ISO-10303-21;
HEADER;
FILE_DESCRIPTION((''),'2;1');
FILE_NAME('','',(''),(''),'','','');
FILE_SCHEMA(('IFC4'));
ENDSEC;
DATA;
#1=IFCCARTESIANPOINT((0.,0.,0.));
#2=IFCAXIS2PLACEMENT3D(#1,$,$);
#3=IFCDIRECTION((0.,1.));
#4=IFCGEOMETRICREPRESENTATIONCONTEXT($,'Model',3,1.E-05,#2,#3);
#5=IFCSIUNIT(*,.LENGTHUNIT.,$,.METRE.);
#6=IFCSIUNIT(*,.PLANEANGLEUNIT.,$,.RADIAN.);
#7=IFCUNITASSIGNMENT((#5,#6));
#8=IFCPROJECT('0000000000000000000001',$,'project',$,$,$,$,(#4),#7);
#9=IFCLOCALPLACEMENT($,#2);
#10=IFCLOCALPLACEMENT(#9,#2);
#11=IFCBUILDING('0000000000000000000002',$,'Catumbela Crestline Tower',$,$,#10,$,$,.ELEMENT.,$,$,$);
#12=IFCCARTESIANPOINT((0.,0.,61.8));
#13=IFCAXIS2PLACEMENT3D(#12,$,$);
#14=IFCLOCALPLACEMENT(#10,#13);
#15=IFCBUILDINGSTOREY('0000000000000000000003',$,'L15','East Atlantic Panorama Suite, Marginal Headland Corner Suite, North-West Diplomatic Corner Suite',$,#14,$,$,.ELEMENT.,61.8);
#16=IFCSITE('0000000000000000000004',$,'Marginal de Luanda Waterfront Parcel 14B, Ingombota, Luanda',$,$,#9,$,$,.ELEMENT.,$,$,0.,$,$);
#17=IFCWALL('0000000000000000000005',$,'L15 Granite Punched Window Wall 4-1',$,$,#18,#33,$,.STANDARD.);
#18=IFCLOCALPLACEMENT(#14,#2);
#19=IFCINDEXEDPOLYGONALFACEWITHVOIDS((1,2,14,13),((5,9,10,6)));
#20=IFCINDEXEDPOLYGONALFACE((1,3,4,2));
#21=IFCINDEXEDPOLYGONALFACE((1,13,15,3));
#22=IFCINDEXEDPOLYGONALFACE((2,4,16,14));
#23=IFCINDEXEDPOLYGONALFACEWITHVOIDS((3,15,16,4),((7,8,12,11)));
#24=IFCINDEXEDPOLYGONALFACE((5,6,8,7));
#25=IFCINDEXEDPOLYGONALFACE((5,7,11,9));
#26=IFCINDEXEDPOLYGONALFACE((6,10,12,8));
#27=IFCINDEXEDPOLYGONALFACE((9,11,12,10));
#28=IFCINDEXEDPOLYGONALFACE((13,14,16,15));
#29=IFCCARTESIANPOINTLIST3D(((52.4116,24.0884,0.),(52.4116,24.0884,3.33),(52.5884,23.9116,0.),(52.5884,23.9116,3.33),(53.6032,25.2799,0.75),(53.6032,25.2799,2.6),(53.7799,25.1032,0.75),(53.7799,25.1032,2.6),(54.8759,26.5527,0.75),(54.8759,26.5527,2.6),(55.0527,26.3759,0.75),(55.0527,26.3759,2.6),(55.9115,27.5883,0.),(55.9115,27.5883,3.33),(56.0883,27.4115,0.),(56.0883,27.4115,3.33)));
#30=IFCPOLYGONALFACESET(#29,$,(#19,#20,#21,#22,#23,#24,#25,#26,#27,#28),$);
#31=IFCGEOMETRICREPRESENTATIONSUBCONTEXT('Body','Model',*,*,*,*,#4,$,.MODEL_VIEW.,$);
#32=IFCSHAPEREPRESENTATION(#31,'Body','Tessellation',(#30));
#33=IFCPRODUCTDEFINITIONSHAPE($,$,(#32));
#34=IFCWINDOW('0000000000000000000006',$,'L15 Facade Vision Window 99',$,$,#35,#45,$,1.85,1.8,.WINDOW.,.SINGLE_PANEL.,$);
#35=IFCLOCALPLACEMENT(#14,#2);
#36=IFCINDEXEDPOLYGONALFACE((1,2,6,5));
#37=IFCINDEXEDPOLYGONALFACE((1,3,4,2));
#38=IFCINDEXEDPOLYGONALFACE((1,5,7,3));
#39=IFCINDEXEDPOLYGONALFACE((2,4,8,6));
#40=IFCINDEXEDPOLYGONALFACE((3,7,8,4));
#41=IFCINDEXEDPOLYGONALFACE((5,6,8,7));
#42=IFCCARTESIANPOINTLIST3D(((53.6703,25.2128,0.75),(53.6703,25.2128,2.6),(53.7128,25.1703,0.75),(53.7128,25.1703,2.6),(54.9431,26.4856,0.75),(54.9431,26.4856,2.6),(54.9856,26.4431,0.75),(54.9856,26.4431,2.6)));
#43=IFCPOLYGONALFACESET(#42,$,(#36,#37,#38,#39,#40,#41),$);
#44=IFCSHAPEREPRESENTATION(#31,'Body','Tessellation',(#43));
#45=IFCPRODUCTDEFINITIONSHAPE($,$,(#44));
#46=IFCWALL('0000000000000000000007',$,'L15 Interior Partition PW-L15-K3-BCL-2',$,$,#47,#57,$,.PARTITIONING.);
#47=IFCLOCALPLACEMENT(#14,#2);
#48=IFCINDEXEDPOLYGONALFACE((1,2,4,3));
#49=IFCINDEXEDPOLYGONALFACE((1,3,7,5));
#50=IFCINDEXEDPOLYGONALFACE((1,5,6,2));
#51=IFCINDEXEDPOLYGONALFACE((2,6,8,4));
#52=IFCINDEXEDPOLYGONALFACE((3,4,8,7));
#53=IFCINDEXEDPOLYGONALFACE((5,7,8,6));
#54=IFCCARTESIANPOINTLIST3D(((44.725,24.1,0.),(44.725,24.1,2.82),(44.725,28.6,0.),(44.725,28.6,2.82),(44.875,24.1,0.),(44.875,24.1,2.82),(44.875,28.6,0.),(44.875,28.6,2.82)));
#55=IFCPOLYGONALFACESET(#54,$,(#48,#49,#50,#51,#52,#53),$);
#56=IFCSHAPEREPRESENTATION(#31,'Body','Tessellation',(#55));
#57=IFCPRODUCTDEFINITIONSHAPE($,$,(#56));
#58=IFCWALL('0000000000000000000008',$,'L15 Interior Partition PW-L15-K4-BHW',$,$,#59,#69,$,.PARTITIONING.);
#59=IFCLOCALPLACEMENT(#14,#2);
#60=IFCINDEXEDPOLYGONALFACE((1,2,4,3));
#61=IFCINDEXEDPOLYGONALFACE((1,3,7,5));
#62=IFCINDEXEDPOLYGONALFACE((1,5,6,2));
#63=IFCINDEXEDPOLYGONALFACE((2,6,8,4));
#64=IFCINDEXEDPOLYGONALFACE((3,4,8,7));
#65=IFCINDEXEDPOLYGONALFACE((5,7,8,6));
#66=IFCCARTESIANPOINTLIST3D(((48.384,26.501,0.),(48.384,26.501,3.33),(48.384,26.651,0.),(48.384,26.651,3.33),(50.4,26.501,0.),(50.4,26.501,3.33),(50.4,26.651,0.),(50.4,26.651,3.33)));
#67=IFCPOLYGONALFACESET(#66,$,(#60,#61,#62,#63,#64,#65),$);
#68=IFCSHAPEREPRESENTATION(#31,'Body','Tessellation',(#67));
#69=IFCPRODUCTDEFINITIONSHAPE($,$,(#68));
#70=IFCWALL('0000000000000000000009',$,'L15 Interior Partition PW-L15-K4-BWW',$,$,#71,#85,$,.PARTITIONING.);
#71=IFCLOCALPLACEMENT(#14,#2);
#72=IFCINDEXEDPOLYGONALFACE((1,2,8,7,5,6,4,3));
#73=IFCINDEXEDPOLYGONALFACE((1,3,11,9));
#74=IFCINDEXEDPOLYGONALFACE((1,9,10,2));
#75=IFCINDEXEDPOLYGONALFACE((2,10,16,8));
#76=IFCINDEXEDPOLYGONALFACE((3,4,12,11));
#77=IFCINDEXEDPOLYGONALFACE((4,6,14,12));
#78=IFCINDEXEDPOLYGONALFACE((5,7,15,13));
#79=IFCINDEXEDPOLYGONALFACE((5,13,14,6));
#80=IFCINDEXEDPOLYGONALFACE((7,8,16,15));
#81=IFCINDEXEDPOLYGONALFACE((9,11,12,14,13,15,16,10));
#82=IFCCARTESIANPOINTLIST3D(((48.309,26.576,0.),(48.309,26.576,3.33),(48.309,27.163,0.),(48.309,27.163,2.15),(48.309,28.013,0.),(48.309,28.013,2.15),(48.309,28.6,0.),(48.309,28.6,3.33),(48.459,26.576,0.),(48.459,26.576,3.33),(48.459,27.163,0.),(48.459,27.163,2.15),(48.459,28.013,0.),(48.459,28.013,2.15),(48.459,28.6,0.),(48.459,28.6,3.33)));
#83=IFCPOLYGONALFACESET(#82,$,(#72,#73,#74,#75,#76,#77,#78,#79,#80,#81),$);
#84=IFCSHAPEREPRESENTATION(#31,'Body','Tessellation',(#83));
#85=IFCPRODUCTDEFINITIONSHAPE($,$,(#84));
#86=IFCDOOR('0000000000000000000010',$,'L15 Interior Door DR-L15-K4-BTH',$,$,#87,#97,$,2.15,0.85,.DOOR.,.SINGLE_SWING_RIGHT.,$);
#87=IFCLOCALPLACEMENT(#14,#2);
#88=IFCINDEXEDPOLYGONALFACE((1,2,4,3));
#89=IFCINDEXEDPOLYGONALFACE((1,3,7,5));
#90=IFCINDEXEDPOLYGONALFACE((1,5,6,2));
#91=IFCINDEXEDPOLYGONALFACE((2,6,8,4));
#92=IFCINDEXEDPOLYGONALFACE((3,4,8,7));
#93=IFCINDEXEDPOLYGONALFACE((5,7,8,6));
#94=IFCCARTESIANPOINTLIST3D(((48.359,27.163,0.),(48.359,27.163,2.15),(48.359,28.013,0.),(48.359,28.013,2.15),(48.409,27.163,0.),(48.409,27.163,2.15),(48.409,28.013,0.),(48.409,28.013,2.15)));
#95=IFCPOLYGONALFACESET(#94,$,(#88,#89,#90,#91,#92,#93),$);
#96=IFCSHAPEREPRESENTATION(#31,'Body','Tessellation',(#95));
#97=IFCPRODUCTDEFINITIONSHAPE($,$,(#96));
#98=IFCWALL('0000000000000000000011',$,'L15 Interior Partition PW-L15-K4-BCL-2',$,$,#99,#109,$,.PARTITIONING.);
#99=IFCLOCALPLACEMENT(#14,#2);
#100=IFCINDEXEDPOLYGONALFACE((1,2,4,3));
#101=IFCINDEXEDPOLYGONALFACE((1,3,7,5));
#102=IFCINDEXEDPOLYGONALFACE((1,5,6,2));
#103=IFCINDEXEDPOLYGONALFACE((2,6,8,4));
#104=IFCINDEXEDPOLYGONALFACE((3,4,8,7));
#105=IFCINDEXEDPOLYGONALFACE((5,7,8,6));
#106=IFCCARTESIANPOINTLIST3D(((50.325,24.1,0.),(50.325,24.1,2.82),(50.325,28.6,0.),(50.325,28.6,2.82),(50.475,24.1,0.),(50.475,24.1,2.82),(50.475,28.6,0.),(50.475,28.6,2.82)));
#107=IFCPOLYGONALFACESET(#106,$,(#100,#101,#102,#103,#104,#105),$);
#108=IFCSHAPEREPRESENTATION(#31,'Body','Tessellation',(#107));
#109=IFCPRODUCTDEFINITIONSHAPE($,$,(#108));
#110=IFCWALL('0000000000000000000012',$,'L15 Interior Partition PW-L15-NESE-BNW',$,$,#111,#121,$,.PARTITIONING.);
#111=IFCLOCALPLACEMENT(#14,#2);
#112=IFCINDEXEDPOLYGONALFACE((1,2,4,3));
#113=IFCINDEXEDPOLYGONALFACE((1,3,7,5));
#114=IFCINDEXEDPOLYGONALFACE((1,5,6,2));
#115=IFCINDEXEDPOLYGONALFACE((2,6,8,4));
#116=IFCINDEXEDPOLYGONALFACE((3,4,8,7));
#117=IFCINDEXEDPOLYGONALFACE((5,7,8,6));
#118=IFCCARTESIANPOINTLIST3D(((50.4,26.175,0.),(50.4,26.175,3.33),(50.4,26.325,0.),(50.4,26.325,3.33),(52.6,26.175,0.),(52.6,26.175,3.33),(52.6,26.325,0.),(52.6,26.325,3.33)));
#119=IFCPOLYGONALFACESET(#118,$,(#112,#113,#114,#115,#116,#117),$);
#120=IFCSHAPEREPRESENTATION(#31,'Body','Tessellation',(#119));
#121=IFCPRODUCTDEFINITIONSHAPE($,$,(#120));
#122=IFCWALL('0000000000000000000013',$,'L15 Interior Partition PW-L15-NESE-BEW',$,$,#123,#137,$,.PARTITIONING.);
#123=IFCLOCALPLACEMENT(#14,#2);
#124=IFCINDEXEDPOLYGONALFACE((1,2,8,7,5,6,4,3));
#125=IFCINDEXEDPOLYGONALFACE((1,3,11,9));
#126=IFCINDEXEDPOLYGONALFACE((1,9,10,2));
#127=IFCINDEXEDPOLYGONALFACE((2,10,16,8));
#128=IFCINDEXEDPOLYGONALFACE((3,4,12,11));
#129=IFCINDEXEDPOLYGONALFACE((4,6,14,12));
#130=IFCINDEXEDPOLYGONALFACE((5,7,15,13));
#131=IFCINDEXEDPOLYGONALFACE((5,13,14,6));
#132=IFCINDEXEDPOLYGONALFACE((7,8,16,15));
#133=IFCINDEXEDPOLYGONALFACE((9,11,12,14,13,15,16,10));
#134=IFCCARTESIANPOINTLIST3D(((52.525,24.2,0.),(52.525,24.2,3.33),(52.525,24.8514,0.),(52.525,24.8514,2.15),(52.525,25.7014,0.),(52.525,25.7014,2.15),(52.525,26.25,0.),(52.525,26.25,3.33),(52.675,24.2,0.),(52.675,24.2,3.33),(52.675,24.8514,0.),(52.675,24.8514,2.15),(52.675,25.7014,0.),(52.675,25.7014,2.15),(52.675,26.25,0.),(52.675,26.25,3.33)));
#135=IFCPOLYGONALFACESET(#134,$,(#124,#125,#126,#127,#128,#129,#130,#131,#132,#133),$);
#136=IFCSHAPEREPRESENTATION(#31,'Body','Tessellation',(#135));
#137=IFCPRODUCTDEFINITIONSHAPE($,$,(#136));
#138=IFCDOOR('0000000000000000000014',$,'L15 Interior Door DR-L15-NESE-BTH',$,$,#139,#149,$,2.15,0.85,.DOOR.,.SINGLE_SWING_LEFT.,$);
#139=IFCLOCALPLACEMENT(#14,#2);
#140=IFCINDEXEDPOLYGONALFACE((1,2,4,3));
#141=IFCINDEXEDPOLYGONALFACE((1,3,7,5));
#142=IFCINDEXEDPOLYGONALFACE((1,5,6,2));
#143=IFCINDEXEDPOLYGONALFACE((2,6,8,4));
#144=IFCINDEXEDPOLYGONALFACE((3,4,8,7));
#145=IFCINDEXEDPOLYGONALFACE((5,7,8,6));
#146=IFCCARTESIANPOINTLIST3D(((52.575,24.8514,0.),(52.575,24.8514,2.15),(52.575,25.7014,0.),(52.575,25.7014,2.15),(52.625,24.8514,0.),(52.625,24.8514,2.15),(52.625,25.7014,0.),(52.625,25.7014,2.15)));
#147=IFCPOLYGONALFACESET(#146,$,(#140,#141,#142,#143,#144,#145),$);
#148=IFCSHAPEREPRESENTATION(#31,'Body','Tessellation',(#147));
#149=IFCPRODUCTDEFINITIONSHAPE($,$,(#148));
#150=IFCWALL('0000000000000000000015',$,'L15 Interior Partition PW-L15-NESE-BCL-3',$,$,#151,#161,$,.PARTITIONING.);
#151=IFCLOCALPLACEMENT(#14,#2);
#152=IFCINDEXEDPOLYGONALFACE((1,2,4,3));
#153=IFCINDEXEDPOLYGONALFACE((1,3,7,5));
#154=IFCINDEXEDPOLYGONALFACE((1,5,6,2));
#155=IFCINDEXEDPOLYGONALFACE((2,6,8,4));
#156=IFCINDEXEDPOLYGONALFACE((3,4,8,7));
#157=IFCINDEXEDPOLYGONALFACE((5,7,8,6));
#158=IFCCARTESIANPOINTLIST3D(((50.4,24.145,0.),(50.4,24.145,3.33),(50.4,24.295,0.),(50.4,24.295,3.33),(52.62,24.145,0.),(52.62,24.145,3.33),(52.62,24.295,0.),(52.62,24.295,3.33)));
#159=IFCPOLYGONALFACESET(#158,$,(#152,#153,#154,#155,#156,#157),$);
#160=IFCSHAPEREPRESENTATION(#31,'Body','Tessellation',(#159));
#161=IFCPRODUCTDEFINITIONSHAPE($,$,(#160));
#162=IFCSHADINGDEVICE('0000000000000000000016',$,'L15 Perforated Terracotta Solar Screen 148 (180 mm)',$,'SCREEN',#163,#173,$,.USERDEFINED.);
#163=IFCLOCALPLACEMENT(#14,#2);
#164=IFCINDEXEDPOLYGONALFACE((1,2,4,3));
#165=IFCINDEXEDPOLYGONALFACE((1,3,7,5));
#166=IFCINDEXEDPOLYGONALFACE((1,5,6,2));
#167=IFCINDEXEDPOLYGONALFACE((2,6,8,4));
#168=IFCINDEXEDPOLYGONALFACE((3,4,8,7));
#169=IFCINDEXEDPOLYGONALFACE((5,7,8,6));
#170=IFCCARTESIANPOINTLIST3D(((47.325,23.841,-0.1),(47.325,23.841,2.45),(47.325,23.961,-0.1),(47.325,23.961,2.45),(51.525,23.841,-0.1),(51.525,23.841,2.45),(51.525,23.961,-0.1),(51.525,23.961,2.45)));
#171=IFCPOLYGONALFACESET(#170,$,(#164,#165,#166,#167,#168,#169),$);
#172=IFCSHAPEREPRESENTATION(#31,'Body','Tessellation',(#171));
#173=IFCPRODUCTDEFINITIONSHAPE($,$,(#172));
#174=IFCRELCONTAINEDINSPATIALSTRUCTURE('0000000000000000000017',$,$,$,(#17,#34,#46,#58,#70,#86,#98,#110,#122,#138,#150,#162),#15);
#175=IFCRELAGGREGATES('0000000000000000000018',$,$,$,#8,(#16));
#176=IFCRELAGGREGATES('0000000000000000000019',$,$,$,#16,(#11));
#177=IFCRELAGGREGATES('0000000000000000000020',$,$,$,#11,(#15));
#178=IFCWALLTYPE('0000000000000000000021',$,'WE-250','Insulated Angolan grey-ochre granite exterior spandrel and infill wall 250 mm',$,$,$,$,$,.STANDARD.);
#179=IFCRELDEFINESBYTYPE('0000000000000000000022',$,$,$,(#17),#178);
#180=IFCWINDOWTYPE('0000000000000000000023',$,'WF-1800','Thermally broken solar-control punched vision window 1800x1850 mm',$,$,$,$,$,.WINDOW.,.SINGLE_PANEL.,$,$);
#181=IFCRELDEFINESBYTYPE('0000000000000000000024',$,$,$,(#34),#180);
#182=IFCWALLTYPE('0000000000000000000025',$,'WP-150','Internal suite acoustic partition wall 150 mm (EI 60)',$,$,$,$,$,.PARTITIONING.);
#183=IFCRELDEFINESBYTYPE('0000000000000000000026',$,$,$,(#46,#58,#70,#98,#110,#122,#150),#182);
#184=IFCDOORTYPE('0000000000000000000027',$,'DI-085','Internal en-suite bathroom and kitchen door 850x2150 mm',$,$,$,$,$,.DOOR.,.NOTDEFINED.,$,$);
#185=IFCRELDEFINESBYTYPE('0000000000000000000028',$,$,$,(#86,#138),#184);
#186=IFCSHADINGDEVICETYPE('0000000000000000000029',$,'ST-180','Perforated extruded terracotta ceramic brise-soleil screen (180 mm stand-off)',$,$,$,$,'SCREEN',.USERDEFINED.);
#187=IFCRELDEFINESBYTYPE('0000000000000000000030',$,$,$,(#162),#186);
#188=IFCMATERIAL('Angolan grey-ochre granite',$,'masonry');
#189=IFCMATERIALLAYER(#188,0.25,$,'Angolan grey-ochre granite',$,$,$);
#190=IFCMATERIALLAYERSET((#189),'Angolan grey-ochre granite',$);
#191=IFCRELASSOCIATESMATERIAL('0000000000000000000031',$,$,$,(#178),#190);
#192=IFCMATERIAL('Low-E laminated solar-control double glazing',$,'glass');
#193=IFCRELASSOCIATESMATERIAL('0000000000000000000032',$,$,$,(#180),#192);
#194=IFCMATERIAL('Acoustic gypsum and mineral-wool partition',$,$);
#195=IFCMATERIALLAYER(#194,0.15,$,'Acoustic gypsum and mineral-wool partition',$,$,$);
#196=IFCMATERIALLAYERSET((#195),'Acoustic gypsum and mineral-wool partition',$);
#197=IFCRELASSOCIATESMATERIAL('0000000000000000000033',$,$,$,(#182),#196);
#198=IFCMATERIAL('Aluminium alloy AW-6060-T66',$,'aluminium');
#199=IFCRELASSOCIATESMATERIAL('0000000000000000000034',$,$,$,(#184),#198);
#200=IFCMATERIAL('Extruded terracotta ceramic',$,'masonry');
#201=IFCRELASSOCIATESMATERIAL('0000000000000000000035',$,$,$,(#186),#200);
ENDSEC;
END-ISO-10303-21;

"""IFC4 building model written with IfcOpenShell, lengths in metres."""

from ifc_helpers import new_model, si_unit, direction, frame, frame_2d, origin, origin_2d, place, context, subcontext, project, spatial, rectangle, extrude, material, layer, layer_set, type_object, element, fill, save


model = new_model("IFC4")

# Units and contexts
model_context = context("Model", 3, precision=1e-05, world=origin(), true_north=direction((0.0, 1.0)))
body_context = subcontext(model_context, "Body", "Model", "MODEL_VIEW")
ifc_project = project(units=[si_unit("LENGTHUNIT", "METRE"), si_unit("PLANEANGLEUNIT", "RADIAN")], contexts=[model_context])

# Site, building, storey
site_placement = place(None, origin())
site = spatial("IfcSite", under=ifc_project, at=site_placement, Name="Marginal de Luanda Waterfront Parcel 14B, Ingombota, Luanda", CompositionType="ELEMENT", RefElevation=0.0)
building_placement = place(site_placement, origin())
building = spatial("IfcBuilding", under=site, at=building_placement, Name="Catumbela Crestline Tower", CompositionType="ELEMENT")
storey_placement = place(building_placement, frame((0.0, 0.0, 61.8)))
storey = spatial("IfcBuildingStorey", under=building, at=storey_placement, Name="L15", Description="East Atlantic Panorama Suite, Marginal Headland Corner Suite, North-West Diplomatic Corner Suite", CompositionType="ELEMENT", Elevation=61.8)

# Shared definitions
ifc_material_1 = material(Name="Aluminium alloy AW-6060-T66", Category="aluminium")

# Shared definitions
ifc_material_2 = material(Name="Low-E laminated solar-control double glazing", Category="glass")

# Shared definitions
ifc_material_3 = material(Name="Acoustic gypsum and mineral-wool partition")

# Wall, opening, window
ifc_material_4 = material(Name="Angolan grey-ochre granite", Category="masonry")
ifc_layer_1 = layer(ifc_material_4, 0.25, Name="Angolan grey-ochre granite")
ifc_layer_set_1 = layer_set([ifc_layer_1], Name="Angolan grey-ochre granite")
wall_type_1 = type_object("IfcWallType", Name="WE-250", Description="Insulated Angolan grey-ochre granite exterior spandrel and infill wall 250 mm", PredefinedType="STANDARD", material=ifc_layer_set_1)
wall_1_placement = place(storey_placement, frame((52.5, 24.0, 0.0), z_axis=(0.0, 0.0, 1.0), x_axis=(0.707107, 0.707107, 0.0)))
wall_1 = element("IfcWall", 1, at=wall_1_placement, inside=storey, type_object=wall_type_1, Name="L15 Granite Punched Window Wall 4-1", PredefinedType="STANDARD", context=body_context, shape_type="SweptSolid", body=[
    extrude(rectangle(XDim=4.9497, YDim=0.25, at=frame_2d((2.4748, 0.0))), origin(), (0.0, 0.0, 1.0), 3.33),
])
opening_1_placement = place(wall_1_placement, frame((1.6851, 0.0, 0.75)))
opening_1 = element("IfcOpeningElement", 2, at=opening_1_placement, cuts=wall_1, PredefinedType="OPENING", context=body_context, shape_type="SweptSolid", body=[
    extrude(rectangle(XDim=1.8, YDim=1.85, at=frame_2d((0.9, 0.925))), frame((0.0, 0.135, 0.0), z_axis=(0.0, -1.0, 0.0), x_axis=(1.0, 0.0, 0.0)), (0.0, 0.0, 1.0), 0.27),
])
window_type = type_object("IfcWindowType", Name="WF-1800", Description="Thermally broken solar-control punched vision window 1800x1850 mm", PartitioningType="SINGLE_PANEL", PredefinedType="WINDOW", material=ifc_material_2)
window_placement = place(opening_1_placement, origin())
window = element("IfcWindow", 3, at=window_placement, inside=storey, type_object=window_type, Name="L15 Facade Vision Window 99", OverallHeight=1.85, OverallWidth=1.8, PartitioningType="SINGLE_PANEL", PredefinedType="WINDOW", context=body_context, shape_type="SweptSolid", body=[
    extrude(rectangle(XDim=1.8, YDim=1.85, at=frame_2d((0.9, 0.925))), frame((0.0, 0.03, 0.0), z_axis=(0.0, -1.0, 0.0), x_axis=(1.0, 0.0, 0.0)), (0.0, 0.0, 1.0), 0.06),
])
fill(opening_1, window)

# Walls
ifc_layer_2 = layer(ifc_material_3, 0.15, Name="Acoustic gypsum and mineral-wool partition")
ifc_layer_set_2 = layer_set([ifc_layer_2], Name="Acoustic gypsum and mineral-wool partition")
wall_type_2 = type_object("IfcWallType", Name="WP-150", Description="Internal suite acoustic partition wall 150 mm (EI 60)", PredefinedType="PARTITIONING", material=ifc_layer_set_2)
wall_2_placement = place(storey_placement, frame((44.8, 28.6, 0.0), z_axis=(0.0, 0.0, 1.0), x_axis=(0.0, -1.0, 0.0)))
element("IfcWall", 4, at=wall_2_placement, inside=storey, type_object=wall_type_2, Name="L15 Interior Partition PW-L15-K3-BCL-2", PredefinedType="PARTITIONING", context=body_context, shape_type="SweptSolid", body=[
    extrude(rectangle(XDim=4.5, YDim=0.15, at=frame_2d((2.25, 0.0))), origin(), (0.0, 0.0, 1.0), 2.82),
])
wall_3_placement = place(storey_placement, frame((48.384, 26.576, 0.0), z_axis=(0.0, 0.0, 1.0), x_axis=(1.0, 0.0, 0.0)))
element("IfcWall", 5, at=wall_3_placement, inside=storey, type_object=wall_type_2, Name="L15 Interior Partition PW-L15-K4-BHW", PredefinedType="PARTITIONING", context=body_context, shape_type="SweptSolid", body=[
    extrude(rectangle(XDim=2.016, YDim=0.15, at=frame_2d((1.008, 0.0))), origin(), (0.0, 0.0, 1.0), 3.33),
])

# Wall, opening, door
wall_4_placement = place(storey_placement, frame((48.384, 26.576, 0.0), z_axis=(0.0, 0.0, 1.0), x_axis=(0.0, 1.0, 0.0)))
wall_4 = element("IfcWall", 6, at=wall_4_placement, inside=storey, type_object=wall_type_2, Name="L15 Interior Partition PW-L15-K4-BWW", PredefinedType="PARTITIONING", context=body_context, shape_type="SweptSolid", body=[
    extrude(rectangle(XDim=2.024, YDim=0.15, at=frame_2d((1.012, 0.0))), origin(), (0.0, 0.0, 1.0), 3.33),
])
opening_2_placement = place(wall_4_placement, frame((0.587, 0.0, 0.0)))
opening_2 = element("IfcOpeningElement", 7, at=opening_2_placement, cuts=wall_4, PredefinedType="OPENING", context=body_context, shape_type="SweptSolid", body=[
    extrude(rectangle(XDim=0.85, YDim=2.15, at=frame_2d((0.425, 1.075))), frame((0.0, 0.085, 0.0), z_axis=(0.0, -1.0, 0.0), x_axis=(1.0, 0.0, 0.0)), (0.0, 0.0, 1.0), 0.17),
])
door_type_1 = type_object("IfcDoorType", Name="DI-085", Description="Internal en-suite bathroom and kitchen door 850x2150 mm", OperationType="NOTDEFINED", PredefinedType="DOOR", material=ifc_material_1)
door_1_placement = place(opening_2_placement, origin())
door_1 = element("IfcDoor", 8, at=door_1_placement, inside=storey, type_object=door_type_1, Name="L15 Interior Door DR-L15-K4-BTH", OperationType="SINGLE_SWING_RIGHT", OverallHeight=2.15, OverallWidth=0.85, PredefinedType="DOOR", context=body_context, shape_type="SweptSolid", body=[
    extrude(rectangle(XDim=0.85, YDim=2.15, at=frame_2d((0.425, 1.075))), frame((0.0, 0.025, 0.0), z_axis=(0.0, -1.0, 0.0), x_axis=(1.0, 0.0, 0.0)), (0.0, 0.0, 1.0), 0.05),
])
fill(opening_2, door_1)

# Walls
wall_5_placement = place(storey_placement, frame((50.4, 28.6, 0.0), z_axis=(0.0, 0.0, 1.0), x_axis=(0.0, -1.0, 0.0)))
element("IfcWall", 9, at=wall_5_placement, inside=storey, type_object=wall_type_2, Name="L15 Interior Partition PW-L15-K4-BCL-2", PredefinedType="PARTITIONING", context=body_context, shape_type="SweptSolid", body=[
    extrude(rectangle(XDim=4.5, YDim=0.15, at=frame_2d((2.25, 0.0))), origin(), (0.0, 0.0, 1.0), 2.82),
])
wall_6_placement = place(storey_placement, frame((50.4, 26.25, 0.0), z_axis=(0.0, 0.0, 1.0), x_axis=(1.0, 0.0, 0.0)))
element("IfcWall", 10, at=wall_6_placement, inside=storey, type_object=wall_type_2, Name="L15 Interior Partition PW-L15-NESE-BNW", PredefinedType="PARTITIONING", context=body_context, shape_type="SweptSolid", body=[
    extrude(rectangle(XDim=2.2, YDim=0.15, at=frame_2d((1.1, 0.0))), origin(), (0.0, 0.0, 1.0), 3.33),
])

# Wall, opening, door
wall_7_placement = place(storey_placement, frame((52.6, 24.2, 0.0), z_axis=(0.0, 0.0, 1.0), x_axis=(0.0, 1.0, 0.0)))
wall_7 = element("IfcWall", 11, at=wall_7_placement, inside=storey, type_object=wall_type_2, Name="L15 Interior Partition PW-L15-NESE-BEW", PredefinedType="PARTITIONING", context=body_context, shape_type="SweptSolid", body=[
    extrude(rectangle(XDim=2.05, YDim=0.15, at=frame_2d((1.025, 0.0))), origin(), (0.0, 0.0, 1.0), 3.33),
])
opening_3_placement = place(wall_7_placement, frame((0.6514, 0.0, 0.0)))
opening_3 = element("IfcOpeningElement", 12, at=opening_3_placement, cuts=wall_7, PredefinedType="OPENING", context=body_context, shape_type="SweptSolid", body=[
    extrude(rectangle(XDim=0.85, YDim=2.15, at=frame_2d((0.425, 1.075))), frame((0.0, 0.085, 0.0), z_axis=(0.0, -1.0, 0.0), x_axis=(1.0, 0.0, 0.0)), (0.0, 0.0, 1.0), 0.17),
])
door_2_placement = place(opening_3_placement, origin())
door_2 = element("IfcDoor", 13, at=door_2_placement, inside=storey, type_object=door_type_1, Name="L15 Interior Door DR-L15-NESE-BTH", OperationType="SINGLE_SWING_LEFT", OverallHeight=2.15, OverallWidth=0.85, PredefinedType="DOOR", context=body_context, shape_type="SweptSolid", body=[
    extrude(rectangle(XDim=0.85, YDim=2.15, at=frame_2d((0.425, 1.075))), frame((0.0, 0.025, 0.0), z_axis=(0.0, -1.0, 0.0), x_axis=(1.0, 0.0, 0.0)), (0.0, 0.0, 1.0), 0.05),
])
fill(opening_3, door_2)

# Wall
wall_8_placement = place(storey_placement, frame((52.62, 24.22, 0.0), z_axis=(0.0, 0.0, 1.0), x_axis=(-1.0, 0.0, 0.0)))
element("IfcWall", 14, at=wall_8_placement, inside=storey, type_object=wall_type_2, Name="L15 Interior Partition PW-L15-NESE-BCL-3", PredefinedType="PARTITIONING", context=body_context, shape_type="SweptSolid", body=[
    extrude(rectangle(XDim=2.22, YDim=0.15, at=frame_2d((1.11, 0.0))), origin(), (0.0, 0.0, 1.0), 3.33),
])

# Shading device
ifc_material_5 = material(Name="Extruded terracotta ceramic", Category="masonry")
shading_device_type = type_object("IfcShadingDeviceType", Name="ST-180", Description="Perforated extruded terracotta ceramic brise-soleil screen (180 mm stand-off)", ElementType="SCREEN", PredefinedType="USERDEFINED", material=ifc_material_5)
shading_device_placement = place(storey_placement, frame((49.425, 23.901, -0.1), z_axis=(0.0, 0.0, 1.0), x_axis=(1.0, 0.0, 0.0)))
element("IfcShadingDevice", 15, at=shading_device_placement, inside=storey, type_object=shading_device_type, Name="L15 Perforated Terracotta Solar Screen 148 (180 mm)", ObjectType="SCREEN", PredefinedType="USERDEFINED", context=body_context, shape_type="SweptSolid", body=[
    extrude(rectangle(XDim=4.2, YDim=0.12, at=origin_2d()), origin(), (0.0, 0.0, 1.0), 2.55),
])

save(model, "model.ifc")
